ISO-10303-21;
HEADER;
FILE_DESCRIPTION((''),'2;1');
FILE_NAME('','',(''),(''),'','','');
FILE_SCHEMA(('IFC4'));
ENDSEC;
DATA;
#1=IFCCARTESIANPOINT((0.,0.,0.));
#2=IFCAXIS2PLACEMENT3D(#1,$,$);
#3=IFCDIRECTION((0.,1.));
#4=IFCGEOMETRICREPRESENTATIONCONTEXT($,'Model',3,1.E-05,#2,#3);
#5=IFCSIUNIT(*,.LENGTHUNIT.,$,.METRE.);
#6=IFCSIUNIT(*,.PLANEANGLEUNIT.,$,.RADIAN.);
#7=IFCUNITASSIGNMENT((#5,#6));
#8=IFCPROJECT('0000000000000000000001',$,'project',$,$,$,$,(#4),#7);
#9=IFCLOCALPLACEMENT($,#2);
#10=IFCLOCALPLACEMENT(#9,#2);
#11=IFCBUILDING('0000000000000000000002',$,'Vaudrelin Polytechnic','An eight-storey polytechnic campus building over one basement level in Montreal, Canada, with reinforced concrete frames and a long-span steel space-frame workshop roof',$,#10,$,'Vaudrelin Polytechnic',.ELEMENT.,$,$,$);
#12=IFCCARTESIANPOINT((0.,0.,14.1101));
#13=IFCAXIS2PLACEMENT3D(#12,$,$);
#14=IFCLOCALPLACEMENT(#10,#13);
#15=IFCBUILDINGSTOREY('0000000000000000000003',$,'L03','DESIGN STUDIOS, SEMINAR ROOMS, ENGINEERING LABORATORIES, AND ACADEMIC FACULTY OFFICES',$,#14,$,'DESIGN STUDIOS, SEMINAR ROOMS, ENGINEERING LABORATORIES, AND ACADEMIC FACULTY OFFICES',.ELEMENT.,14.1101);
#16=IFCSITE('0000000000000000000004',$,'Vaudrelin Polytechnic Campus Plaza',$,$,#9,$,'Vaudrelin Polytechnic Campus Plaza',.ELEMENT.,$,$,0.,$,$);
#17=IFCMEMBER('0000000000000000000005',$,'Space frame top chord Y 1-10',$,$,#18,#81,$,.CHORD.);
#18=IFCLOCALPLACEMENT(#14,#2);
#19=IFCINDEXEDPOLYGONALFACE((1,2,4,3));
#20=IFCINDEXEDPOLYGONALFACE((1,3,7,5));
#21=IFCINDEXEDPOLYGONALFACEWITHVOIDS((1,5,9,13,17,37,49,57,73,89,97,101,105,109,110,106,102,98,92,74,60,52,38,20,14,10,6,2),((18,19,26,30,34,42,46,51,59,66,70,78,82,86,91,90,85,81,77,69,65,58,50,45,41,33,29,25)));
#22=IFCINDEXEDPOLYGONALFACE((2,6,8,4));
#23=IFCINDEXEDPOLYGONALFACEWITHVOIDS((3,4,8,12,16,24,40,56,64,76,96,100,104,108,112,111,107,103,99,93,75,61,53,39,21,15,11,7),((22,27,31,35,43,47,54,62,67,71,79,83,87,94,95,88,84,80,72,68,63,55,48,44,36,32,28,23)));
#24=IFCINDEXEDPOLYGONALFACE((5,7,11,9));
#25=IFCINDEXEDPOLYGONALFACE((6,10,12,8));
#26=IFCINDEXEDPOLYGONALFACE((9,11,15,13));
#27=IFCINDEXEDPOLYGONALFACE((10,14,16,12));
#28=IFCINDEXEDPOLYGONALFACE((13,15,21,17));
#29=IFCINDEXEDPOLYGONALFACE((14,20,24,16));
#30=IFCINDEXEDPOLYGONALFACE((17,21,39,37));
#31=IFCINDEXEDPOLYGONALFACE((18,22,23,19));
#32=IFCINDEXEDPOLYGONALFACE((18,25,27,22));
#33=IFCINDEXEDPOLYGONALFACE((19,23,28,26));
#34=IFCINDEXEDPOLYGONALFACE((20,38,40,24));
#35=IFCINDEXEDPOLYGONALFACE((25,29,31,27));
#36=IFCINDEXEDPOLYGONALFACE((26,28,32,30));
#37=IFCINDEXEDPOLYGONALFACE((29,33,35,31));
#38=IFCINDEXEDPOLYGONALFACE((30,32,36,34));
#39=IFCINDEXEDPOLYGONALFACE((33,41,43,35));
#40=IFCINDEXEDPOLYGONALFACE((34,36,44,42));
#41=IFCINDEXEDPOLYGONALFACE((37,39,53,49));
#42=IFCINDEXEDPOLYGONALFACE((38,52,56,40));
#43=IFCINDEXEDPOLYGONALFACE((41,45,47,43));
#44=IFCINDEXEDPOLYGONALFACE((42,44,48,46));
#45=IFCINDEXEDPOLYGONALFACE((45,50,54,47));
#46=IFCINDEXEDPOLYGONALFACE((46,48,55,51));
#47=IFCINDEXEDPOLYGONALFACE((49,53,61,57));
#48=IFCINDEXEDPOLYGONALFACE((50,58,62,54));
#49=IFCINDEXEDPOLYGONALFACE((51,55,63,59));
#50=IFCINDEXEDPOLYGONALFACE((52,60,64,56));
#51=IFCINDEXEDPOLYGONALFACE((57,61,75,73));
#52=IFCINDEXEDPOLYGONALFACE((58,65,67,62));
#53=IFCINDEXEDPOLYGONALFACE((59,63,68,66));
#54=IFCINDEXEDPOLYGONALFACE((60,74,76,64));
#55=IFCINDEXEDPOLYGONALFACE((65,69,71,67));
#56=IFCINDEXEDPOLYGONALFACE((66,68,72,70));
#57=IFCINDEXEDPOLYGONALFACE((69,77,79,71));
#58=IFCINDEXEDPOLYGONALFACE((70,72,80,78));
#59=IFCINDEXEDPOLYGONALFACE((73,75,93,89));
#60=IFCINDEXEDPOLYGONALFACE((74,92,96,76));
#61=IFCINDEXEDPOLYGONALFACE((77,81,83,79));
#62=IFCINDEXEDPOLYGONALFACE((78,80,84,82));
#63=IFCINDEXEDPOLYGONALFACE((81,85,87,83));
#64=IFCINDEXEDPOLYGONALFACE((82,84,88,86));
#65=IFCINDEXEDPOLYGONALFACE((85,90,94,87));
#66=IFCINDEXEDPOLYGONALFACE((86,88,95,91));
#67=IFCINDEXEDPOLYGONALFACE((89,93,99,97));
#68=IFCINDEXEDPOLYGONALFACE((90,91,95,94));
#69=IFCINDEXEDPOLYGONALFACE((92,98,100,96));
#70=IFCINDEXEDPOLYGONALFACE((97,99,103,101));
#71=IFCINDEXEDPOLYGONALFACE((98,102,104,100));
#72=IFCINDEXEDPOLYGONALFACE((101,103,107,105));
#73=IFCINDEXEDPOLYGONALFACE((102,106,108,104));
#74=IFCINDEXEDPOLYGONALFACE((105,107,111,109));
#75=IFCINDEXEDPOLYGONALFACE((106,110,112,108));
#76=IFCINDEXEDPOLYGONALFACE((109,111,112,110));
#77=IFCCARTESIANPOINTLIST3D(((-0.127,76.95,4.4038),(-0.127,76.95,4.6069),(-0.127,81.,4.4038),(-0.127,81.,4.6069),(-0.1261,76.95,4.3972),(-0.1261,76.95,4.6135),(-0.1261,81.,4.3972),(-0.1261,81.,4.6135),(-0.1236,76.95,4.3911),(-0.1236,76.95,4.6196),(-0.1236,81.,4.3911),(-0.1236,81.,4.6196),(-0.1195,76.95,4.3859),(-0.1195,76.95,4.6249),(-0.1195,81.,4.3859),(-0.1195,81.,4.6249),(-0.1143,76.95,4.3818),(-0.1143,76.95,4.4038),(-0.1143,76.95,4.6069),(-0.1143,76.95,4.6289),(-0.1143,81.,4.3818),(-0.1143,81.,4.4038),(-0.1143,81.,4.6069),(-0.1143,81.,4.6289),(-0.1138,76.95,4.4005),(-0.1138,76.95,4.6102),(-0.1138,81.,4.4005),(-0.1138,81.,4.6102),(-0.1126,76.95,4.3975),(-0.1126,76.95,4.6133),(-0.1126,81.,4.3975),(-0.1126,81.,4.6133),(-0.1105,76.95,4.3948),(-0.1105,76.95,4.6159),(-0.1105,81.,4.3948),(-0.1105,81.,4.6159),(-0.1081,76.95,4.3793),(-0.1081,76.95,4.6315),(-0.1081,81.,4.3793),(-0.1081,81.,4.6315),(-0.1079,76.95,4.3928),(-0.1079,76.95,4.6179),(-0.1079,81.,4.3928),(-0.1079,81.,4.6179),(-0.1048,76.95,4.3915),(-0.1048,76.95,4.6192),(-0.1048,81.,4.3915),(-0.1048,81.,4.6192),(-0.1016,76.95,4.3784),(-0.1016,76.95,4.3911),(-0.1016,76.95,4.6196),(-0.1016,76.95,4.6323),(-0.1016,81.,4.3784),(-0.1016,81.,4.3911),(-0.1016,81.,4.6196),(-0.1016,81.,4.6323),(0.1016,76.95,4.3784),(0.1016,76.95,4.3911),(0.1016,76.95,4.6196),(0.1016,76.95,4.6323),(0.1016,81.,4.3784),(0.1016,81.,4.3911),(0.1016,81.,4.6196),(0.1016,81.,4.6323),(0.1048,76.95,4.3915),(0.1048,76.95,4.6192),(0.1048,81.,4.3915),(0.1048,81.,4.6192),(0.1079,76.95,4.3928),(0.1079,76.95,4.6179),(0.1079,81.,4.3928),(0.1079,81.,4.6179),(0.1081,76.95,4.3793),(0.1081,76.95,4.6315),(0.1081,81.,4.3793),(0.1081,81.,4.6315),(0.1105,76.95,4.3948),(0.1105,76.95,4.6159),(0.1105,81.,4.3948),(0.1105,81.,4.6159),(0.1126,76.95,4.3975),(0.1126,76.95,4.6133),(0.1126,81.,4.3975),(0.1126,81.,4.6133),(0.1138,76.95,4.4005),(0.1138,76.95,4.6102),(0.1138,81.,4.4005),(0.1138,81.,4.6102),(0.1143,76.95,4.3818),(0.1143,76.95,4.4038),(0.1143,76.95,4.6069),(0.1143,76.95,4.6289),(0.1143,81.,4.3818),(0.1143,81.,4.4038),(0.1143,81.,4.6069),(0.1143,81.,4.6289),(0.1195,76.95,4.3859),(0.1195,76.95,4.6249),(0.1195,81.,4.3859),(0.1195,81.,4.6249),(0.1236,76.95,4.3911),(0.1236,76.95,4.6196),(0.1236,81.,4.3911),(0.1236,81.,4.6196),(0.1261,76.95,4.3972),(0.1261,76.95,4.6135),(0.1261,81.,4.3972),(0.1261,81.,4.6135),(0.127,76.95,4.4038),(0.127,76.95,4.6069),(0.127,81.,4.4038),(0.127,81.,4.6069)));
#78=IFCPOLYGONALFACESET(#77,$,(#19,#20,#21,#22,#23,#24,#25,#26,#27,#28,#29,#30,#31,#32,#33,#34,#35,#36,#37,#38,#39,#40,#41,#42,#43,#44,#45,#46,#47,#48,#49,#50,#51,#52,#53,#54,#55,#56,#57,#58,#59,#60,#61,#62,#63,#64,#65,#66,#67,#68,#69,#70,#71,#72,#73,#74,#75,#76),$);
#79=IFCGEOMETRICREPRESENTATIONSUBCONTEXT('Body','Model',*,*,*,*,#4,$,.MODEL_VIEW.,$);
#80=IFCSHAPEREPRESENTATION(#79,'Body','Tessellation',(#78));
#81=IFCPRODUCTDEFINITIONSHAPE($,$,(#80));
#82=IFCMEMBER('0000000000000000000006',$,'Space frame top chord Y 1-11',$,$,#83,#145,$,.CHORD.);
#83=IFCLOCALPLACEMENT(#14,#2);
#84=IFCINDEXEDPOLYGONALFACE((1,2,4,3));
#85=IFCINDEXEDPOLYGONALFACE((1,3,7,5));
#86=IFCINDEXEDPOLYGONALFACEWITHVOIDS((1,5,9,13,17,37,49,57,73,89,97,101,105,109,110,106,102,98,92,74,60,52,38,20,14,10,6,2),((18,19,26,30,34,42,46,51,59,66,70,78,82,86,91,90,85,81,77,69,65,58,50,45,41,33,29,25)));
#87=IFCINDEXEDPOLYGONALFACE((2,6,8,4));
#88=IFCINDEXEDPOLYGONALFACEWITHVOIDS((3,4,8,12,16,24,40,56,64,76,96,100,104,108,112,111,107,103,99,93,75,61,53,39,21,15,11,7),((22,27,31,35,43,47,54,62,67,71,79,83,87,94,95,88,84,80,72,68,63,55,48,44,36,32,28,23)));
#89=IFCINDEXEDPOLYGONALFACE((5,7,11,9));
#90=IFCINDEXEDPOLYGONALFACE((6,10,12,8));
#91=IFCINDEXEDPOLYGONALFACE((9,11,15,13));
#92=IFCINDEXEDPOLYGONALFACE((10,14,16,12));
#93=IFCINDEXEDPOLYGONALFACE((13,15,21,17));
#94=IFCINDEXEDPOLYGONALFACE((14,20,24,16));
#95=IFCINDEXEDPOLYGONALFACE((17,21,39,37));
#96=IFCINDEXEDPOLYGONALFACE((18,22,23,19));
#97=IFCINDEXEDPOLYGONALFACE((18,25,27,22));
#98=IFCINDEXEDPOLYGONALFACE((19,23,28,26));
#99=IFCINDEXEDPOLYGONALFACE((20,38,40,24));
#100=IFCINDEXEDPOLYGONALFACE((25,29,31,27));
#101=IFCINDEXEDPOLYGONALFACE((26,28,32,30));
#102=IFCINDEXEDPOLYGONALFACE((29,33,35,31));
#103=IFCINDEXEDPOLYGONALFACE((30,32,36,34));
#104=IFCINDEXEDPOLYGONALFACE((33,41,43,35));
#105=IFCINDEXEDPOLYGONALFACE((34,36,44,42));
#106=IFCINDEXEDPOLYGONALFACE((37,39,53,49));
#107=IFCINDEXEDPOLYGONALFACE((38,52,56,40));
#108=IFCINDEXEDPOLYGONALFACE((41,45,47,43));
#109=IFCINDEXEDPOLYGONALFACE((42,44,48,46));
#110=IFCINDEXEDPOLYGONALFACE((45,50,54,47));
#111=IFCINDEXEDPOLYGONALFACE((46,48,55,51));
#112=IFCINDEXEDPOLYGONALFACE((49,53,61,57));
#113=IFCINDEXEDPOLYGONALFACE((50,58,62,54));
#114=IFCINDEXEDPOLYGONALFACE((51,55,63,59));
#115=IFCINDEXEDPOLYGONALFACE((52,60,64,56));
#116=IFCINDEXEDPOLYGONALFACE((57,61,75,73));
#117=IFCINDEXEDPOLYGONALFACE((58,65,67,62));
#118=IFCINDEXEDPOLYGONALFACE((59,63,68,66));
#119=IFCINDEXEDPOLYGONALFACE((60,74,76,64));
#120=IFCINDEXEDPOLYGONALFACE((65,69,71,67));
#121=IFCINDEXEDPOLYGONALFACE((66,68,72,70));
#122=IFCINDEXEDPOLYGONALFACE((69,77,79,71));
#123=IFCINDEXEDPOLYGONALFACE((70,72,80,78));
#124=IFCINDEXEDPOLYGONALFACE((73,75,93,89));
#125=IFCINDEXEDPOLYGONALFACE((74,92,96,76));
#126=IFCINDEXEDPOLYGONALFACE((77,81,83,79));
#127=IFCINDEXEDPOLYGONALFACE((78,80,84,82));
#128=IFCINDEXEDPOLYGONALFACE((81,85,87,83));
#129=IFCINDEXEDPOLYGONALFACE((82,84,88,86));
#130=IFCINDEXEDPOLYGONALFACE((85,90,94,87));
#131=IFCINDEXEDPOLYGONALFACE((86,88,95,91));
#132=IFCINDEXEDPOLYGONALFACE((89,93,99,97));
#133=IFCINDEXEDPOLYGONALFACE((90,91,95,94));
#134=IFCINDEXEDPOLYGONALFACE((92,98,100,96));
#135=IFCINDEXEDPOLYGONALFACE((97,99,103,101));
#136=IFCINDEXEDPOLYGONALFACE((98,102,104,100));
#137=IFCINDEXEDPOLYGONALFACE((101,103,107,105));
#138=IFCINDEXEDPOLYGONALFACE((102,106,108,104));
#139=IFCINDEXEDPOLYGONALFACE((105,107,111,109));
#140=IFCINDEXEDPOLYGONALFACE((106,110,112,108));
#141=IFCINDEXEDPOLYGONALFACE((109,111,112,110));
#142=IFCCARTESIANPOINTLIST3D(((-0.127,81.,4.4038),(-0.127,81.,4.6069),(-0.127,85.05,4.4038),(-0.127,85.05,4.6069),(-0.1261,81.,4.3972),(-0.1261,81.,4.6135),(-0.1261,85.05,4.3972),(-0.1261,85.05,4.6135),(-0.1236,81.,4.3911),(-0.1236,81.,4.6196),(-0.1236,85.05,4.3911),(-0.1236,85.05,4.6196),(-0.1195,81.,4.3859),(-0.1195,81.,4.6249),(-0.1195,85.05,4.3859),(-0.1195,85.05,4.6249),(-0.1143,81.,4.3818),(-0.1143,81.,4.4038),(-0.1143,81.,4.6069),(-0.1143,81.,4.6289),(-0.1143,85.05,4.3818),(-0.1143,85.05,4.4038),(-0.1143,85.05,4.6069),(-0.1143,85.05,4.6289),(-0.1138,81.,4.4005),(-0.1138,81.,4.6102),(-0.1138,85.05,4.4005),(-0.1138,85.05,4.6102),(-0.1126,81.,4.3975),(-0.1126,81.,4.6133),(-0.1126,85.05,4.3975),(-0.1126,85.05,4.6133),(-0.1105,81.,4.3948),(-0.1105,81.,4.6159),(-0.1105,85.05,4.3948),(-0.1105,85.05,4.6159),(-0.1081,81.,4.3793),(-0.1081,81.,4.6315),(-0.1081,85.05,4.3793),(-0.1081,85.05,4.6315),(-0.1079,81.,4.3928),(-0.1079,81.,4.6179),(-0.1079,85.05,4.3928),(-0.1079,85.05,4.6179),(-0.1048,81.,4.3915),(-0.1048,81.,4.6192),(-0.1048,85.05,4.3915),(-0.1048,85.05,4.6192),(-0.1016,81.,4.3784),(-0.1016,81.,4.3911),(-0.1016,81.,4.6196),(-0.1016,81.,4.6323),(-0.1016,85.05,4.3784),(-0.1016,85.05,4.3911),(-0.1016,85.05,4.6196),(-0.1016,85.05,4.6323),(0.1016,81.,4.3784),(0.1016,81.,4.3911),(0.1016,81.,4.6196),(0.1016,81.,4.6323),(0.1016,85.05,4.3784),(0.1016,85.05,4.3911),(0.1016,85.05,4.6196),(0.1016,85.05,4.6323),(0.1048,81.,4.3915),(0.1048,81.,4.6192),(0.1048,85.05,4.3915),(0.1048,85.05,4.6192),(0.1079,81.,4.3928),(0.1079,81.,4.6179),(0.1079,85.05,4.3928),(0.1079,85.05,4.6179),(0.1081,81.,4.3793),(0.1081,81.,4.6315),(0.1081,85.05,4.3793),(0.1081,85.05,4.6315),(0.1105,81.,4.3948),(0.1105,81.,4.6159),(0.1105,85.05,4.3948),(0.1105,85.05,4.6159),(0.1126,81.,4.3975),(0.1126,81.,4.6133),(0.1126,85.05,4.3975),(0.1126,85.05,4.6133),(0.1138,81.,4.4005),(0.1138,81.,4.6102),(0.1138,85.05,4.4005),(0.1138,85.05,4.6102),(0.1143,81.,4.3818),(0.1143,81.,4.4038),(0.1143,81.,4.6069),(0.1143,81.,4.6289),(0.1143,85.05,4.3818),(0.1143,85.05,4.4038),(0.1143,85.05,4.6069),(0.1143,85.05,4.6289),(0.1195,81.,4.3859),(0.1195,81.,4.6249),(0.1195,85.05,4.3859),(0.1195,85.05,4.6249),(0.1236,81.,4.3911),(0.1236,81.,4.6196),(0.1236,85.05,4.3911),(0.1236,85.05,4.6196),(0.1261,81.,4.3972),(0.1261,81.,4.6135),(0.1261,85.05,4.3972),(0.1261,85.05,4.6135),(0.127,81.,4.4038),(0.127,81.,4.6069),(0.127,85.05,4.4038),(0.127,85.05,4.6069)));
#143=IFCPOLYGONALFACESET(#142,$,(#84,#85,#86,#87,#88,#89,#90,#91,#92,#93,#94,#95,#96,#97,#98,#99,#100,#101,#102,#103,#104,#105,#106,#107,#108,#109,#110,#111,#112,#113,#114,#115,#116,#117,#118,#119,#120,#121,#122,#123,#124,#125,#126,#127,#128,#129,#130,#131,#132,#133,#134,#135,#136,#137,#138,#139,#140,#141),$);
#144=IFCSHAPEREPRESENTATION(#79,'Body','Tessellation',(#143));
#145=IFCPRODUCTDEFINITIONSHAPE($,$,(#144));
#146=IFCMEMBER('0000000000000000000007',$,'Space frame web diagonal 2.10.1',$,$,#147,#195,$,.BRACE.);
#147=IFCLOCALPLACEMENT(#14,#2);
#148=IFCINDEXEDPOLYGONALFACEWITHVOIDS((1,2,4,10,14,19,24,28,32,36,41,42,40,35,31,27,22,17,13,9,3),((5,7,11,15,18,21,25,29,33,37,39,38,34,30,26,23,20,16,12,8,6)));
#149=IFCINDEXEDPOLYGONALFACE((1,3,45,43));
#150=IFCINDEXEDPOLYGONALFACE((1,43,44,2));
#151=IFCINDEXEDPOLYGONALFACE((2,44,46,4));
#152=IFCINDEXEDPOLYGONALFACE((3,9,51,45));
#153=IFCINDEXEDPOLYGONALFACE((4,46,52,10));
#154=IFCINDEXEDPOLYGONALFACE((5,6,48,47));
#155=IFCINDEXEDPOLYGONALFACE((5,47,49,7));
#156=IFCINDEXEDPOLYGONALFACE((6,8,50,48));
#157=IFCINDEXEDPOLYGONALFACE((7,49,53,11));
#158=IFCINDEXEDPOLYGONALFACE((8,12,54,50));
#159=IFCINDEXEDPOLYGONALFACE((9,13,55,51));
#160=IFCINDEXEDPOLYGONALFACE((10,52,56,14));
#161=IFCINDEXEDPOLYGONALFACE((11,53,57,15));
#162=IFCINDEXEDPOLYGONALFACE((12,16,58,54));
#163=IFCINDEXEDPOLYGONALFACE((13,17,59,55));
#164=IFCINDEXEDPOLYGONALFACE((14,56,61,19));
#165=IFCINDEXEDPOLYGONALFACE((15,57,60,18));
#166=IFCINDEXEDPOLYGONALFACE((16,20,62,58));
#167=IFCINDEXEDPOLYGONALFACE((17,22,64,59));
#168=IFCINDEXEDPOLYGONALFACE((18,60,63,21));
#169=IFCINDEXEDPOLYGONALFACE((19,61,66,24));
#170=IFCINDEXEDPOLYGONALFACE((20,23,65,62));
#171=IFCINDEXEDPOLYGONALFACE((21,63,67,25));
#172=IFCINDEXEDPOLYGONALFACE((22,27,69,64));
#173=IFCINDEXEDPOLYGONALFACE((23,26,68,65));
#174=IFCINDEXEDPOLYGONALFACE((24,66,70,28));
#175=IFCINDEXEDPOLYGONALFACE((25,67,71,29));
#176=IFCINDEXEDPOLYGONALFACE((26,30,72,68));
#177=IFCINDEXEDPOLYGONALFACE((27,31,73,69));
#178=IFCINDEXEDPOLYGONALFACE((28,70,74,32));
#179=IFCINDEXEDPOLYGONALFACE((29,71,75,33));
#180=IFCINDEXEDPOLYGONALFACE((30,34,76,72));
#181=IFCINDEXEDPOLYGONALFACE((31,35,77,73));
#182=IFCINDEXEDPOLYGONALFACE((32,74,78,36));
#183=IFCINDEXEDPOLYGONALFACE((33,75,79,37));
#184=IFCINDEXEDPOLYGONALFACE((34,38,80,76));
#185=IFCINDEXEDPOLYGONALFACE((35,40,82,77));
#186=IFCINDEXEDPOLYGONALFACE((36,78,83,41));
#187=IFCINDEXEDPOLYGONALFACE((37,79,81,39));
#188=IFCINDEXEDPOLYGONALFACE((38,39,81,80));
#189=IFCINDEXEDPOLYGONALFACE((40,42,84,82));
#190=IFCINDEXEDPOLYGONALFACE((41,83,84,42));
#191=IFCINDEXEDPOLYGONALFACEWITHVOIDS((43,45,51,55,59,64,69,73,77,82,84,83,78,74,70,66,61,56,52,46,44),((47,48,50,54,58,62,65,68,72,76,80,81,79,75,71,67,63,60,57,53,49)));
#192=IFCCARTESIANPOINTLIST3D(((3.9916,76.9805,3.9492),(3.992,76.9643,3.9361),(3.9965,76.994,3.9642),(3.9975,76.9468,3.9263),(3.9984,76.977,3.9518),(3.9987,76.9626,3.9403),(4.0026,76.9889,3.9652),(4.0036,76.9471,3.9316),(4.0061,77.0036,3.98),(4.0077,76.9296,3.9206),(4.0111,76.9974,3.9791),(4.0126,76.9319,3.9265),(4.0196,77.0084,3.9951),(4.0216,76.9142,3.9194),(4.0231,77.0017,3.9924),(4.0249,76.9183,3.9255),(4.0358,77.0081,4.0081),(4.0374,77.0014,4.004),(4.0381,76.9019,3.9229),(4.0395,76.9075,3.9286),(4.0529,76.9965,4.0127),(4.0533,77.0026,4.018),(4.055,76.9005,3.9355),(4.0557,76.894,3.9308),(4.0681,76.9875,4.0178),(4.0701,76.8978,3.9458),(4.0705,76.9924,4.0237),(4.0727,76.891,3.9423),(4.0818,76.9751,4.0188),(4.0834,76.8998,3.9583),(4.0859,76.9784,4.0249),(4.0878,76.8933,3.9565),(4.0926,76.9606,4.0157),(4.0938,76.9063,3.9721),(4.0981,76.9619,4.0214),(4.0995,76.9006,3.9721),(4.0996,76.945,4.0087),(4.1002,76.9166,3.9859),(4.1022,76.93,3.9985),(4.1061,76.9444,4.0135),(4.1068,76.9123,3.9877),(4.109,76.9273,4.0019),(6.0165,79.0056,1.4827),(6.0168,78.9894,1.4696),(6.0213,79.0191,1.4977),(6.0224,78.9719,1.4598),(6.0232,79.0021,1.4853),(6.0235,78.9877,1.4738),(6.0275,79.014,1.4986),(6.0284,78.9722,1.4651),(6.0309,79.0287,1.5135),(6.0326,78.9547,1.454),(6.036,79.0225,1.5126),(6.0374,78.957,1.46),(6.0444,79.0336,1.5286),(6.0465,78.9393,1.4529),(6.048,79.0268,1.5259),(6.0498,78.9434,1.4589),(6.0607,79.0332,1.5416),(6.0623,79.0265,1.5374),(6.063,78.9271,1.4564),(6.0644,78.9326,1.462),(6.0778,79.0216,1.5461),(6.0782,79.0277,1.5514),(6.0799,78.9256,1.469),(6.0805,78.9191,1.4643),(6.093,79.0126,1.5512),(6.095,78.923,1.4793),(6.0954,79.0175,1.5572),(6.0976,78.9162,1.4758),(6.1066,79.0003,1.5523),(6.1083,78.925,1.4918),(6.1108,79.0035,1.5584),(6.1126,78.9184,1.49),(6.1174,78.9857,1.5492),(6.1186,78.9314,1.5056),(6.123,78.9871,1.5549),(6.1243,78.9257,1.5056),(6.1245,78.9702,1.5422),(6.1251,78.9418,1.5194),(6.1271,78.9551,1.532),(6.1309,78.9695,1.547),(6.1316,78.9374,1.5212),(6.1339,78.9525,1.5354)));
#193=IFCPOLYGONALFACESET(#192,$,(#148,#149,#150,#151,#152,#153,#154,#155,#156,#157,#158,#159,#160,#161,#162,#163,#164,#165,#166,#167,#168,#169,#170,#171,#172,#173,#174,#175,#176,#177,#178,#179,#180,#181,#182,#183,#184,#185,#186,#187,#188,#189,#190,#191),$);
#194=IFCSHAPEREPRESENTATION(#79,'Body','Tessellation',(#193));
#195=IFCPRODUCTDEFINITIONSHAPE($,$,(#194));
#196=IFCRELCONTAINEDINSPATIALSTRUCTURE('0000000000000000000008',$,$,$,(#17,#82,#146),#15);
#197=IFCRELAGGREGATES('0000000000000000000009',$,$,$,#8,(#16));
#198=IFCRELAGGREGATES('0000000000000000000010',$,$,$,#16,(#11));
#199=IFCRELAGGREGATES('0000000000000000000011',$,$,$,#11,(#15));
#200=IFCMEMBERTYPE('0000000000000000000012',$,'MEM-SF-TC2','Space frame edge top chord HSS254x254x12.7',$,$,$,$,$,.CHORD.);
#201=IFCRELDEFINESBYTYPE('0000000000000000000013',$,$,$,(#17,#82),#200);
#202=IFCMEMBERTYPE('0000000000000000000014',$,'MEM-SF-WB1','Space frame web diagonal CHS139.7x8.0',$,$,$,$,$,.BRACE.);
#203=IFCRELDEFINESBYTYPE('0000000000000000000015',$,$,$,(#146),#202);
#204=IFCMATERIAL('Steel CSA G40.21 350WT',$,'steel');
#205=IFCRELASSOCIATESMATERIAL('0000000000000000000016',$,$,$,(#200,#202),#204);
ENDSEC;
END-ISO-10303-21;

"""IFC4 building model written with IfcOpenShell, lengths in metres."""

from ifc_helpers import new_model, si_unit, direction, frame, origin, origin_2d, place, context, subcontext, project, spatial, hollow_rectangle, hollow_circle, extrude, material, material_profile, profile_set, type_object, element, save


model = new_model("IFC4")

# Units and contexts
model_context = context("Model", 3, precision=1e-05, world=origin(), true_north=direction((0.0, 1.0)))
body_context = subcontext(model_context, "Body", "Model", "MODEL_VIEW")
ifc_project = project(units=[si_unit("LENGTHUNIT", "METRE"), si_unit("PLANEANGLEUNIT", "RADIAN")], contexts=[model_context])

# Site, building, storey
site_placement = place(None, origin())
site = spatial("IfcSite", under=ifc_project, at=site_placement, Name="Vaudrelin Polytechnic Campus Plaza", LongName="Vaudrelin Polytechnic Campus Plaza", CompositionType="ELEMENT", RefElevation=0.0)
building_placement = place(site_placement, origin())
building = spatial("IfcBuilding", under=site, at=building_placement, Name="Vaudrelin Polytechnic", Description="An eight-storey polytechnic campus building over one basement level in Montreal, Canada, with reinforced concrete frames and a long-span steel space-frame workshop roof", LongName="Vaudrelin Polytechnic", CompositionType="ELEMENT")
storey_placement = place(building_placement, frame((0.0, 0.0, 14.1101)))
storey = spatial("IfcBuildingStorey", under=building, at=storey_placement, Name="L03", Description="DESIGN STUDIOS, SEMINAR ROOMS, ENGINEERING LABORATORIES, AND ACADEMIC FACULTY OFFICES", LongName="DESIGN STUDIOS, SEMINAR ROOMS, ENGINEERING LABORATORIES, AND ACADEMIC FACULTY OFFICES", CompositionType="ELEMENT", Elevation=14.1101)

# Members
ifc_material_1 = material(Name="Steel CSA G40.21 350WT", Category="steel")
ifc_material_profile_1 = material_profile(ifc_material_1, hollow_rectangle(XDim=0.2539, YDim=0.2539, WallThickness=0.0127, InnerFilletRadius=0.0127, OuterFilletRadius=0.0254, at=origin_2d()), Name="HSS254x254x12.7")
ifc_profile_set_1 = profile_set([ifc_material_profile_1], Name="Steel CSA G40.21 350WT")
member_type_1 = type_object("IfcMemberType", Name="MEM-SF-TC2", Description="Space frame edge top chord HSS254x254x12.7", PredefinedType="CHORD", material=ifc_profile_set_1)
for number, where, z_axis, x_axis, name in (
    (1, (0.0, 76.95, 4.5054), (0.0, 1.0, 0.0), (-1.0, 0.0, 0.0), "Space frame top chord Y 1-10"),
    (2, (0.0, 81.0, 4.5054), (0.0, 1.0, 0.0), (-1.0, 0.0, 0.0), "Space frame top chord Y 1-11"),
):
    element("IfcMember", number, at=place(storey_placement, frame(where, z_axis=z_axis, x_axis=x_axis)), inside=storey, type_object=member_type_1, Name=name, PredefinedType="CHORD", context=body_context, shape_type="SweptSolid", body=[
        extrude(hollow_rectangle(XDim=0.2539, YDim=0.2539, WallThickness=0.0127, InnerFilletRadius=0.0127, OuterFilletRadius=0.0254, at=origin_2d()), origin(), (0.0, 0.0, 1.0), 4.05),
    ])
ifc_material_profile_2 = material_profile(ifc_material_1, hollow_circle(Radius=0.0698, WallThickness=0.0081, at=origin_2d()), Name="CHS139.7x8.0")
ifc_profile_set_2 = profile_set([ifc_material_profile_2], Name="Steel CSA G40.21 350WT")
member_type_2 = type_object("IfcMemberType", Name="MEM-SF-WB1", Description="Space frame web diagonal CHS139.7x8.0", PredefinedType="BRACE", material=ifc_profile_set_2)
member_1_placement = place(storey_placement, frame((6.075, 78.9751, 1.5056), z_axis=(-0.535746, -0.535811, 0.652597), x_axis=(0.707149, -0.707064, 0.0)))
element("IfcMember", 3, at=member_1_placement, inside=storey, type_object=member_type_2, Name="Space frame web diagonal 2.10.1", PredefinedType="BRACE", context=body_context, shape_type="SweptSolid", body=[
    extrude(hollow_circle(Radius=0.0698, WallThickness=0.0081, at=origin_2d()), origin(), (0.0, 0.0, 1.0), 3.7795),
])

save(model, "model.ifc")
